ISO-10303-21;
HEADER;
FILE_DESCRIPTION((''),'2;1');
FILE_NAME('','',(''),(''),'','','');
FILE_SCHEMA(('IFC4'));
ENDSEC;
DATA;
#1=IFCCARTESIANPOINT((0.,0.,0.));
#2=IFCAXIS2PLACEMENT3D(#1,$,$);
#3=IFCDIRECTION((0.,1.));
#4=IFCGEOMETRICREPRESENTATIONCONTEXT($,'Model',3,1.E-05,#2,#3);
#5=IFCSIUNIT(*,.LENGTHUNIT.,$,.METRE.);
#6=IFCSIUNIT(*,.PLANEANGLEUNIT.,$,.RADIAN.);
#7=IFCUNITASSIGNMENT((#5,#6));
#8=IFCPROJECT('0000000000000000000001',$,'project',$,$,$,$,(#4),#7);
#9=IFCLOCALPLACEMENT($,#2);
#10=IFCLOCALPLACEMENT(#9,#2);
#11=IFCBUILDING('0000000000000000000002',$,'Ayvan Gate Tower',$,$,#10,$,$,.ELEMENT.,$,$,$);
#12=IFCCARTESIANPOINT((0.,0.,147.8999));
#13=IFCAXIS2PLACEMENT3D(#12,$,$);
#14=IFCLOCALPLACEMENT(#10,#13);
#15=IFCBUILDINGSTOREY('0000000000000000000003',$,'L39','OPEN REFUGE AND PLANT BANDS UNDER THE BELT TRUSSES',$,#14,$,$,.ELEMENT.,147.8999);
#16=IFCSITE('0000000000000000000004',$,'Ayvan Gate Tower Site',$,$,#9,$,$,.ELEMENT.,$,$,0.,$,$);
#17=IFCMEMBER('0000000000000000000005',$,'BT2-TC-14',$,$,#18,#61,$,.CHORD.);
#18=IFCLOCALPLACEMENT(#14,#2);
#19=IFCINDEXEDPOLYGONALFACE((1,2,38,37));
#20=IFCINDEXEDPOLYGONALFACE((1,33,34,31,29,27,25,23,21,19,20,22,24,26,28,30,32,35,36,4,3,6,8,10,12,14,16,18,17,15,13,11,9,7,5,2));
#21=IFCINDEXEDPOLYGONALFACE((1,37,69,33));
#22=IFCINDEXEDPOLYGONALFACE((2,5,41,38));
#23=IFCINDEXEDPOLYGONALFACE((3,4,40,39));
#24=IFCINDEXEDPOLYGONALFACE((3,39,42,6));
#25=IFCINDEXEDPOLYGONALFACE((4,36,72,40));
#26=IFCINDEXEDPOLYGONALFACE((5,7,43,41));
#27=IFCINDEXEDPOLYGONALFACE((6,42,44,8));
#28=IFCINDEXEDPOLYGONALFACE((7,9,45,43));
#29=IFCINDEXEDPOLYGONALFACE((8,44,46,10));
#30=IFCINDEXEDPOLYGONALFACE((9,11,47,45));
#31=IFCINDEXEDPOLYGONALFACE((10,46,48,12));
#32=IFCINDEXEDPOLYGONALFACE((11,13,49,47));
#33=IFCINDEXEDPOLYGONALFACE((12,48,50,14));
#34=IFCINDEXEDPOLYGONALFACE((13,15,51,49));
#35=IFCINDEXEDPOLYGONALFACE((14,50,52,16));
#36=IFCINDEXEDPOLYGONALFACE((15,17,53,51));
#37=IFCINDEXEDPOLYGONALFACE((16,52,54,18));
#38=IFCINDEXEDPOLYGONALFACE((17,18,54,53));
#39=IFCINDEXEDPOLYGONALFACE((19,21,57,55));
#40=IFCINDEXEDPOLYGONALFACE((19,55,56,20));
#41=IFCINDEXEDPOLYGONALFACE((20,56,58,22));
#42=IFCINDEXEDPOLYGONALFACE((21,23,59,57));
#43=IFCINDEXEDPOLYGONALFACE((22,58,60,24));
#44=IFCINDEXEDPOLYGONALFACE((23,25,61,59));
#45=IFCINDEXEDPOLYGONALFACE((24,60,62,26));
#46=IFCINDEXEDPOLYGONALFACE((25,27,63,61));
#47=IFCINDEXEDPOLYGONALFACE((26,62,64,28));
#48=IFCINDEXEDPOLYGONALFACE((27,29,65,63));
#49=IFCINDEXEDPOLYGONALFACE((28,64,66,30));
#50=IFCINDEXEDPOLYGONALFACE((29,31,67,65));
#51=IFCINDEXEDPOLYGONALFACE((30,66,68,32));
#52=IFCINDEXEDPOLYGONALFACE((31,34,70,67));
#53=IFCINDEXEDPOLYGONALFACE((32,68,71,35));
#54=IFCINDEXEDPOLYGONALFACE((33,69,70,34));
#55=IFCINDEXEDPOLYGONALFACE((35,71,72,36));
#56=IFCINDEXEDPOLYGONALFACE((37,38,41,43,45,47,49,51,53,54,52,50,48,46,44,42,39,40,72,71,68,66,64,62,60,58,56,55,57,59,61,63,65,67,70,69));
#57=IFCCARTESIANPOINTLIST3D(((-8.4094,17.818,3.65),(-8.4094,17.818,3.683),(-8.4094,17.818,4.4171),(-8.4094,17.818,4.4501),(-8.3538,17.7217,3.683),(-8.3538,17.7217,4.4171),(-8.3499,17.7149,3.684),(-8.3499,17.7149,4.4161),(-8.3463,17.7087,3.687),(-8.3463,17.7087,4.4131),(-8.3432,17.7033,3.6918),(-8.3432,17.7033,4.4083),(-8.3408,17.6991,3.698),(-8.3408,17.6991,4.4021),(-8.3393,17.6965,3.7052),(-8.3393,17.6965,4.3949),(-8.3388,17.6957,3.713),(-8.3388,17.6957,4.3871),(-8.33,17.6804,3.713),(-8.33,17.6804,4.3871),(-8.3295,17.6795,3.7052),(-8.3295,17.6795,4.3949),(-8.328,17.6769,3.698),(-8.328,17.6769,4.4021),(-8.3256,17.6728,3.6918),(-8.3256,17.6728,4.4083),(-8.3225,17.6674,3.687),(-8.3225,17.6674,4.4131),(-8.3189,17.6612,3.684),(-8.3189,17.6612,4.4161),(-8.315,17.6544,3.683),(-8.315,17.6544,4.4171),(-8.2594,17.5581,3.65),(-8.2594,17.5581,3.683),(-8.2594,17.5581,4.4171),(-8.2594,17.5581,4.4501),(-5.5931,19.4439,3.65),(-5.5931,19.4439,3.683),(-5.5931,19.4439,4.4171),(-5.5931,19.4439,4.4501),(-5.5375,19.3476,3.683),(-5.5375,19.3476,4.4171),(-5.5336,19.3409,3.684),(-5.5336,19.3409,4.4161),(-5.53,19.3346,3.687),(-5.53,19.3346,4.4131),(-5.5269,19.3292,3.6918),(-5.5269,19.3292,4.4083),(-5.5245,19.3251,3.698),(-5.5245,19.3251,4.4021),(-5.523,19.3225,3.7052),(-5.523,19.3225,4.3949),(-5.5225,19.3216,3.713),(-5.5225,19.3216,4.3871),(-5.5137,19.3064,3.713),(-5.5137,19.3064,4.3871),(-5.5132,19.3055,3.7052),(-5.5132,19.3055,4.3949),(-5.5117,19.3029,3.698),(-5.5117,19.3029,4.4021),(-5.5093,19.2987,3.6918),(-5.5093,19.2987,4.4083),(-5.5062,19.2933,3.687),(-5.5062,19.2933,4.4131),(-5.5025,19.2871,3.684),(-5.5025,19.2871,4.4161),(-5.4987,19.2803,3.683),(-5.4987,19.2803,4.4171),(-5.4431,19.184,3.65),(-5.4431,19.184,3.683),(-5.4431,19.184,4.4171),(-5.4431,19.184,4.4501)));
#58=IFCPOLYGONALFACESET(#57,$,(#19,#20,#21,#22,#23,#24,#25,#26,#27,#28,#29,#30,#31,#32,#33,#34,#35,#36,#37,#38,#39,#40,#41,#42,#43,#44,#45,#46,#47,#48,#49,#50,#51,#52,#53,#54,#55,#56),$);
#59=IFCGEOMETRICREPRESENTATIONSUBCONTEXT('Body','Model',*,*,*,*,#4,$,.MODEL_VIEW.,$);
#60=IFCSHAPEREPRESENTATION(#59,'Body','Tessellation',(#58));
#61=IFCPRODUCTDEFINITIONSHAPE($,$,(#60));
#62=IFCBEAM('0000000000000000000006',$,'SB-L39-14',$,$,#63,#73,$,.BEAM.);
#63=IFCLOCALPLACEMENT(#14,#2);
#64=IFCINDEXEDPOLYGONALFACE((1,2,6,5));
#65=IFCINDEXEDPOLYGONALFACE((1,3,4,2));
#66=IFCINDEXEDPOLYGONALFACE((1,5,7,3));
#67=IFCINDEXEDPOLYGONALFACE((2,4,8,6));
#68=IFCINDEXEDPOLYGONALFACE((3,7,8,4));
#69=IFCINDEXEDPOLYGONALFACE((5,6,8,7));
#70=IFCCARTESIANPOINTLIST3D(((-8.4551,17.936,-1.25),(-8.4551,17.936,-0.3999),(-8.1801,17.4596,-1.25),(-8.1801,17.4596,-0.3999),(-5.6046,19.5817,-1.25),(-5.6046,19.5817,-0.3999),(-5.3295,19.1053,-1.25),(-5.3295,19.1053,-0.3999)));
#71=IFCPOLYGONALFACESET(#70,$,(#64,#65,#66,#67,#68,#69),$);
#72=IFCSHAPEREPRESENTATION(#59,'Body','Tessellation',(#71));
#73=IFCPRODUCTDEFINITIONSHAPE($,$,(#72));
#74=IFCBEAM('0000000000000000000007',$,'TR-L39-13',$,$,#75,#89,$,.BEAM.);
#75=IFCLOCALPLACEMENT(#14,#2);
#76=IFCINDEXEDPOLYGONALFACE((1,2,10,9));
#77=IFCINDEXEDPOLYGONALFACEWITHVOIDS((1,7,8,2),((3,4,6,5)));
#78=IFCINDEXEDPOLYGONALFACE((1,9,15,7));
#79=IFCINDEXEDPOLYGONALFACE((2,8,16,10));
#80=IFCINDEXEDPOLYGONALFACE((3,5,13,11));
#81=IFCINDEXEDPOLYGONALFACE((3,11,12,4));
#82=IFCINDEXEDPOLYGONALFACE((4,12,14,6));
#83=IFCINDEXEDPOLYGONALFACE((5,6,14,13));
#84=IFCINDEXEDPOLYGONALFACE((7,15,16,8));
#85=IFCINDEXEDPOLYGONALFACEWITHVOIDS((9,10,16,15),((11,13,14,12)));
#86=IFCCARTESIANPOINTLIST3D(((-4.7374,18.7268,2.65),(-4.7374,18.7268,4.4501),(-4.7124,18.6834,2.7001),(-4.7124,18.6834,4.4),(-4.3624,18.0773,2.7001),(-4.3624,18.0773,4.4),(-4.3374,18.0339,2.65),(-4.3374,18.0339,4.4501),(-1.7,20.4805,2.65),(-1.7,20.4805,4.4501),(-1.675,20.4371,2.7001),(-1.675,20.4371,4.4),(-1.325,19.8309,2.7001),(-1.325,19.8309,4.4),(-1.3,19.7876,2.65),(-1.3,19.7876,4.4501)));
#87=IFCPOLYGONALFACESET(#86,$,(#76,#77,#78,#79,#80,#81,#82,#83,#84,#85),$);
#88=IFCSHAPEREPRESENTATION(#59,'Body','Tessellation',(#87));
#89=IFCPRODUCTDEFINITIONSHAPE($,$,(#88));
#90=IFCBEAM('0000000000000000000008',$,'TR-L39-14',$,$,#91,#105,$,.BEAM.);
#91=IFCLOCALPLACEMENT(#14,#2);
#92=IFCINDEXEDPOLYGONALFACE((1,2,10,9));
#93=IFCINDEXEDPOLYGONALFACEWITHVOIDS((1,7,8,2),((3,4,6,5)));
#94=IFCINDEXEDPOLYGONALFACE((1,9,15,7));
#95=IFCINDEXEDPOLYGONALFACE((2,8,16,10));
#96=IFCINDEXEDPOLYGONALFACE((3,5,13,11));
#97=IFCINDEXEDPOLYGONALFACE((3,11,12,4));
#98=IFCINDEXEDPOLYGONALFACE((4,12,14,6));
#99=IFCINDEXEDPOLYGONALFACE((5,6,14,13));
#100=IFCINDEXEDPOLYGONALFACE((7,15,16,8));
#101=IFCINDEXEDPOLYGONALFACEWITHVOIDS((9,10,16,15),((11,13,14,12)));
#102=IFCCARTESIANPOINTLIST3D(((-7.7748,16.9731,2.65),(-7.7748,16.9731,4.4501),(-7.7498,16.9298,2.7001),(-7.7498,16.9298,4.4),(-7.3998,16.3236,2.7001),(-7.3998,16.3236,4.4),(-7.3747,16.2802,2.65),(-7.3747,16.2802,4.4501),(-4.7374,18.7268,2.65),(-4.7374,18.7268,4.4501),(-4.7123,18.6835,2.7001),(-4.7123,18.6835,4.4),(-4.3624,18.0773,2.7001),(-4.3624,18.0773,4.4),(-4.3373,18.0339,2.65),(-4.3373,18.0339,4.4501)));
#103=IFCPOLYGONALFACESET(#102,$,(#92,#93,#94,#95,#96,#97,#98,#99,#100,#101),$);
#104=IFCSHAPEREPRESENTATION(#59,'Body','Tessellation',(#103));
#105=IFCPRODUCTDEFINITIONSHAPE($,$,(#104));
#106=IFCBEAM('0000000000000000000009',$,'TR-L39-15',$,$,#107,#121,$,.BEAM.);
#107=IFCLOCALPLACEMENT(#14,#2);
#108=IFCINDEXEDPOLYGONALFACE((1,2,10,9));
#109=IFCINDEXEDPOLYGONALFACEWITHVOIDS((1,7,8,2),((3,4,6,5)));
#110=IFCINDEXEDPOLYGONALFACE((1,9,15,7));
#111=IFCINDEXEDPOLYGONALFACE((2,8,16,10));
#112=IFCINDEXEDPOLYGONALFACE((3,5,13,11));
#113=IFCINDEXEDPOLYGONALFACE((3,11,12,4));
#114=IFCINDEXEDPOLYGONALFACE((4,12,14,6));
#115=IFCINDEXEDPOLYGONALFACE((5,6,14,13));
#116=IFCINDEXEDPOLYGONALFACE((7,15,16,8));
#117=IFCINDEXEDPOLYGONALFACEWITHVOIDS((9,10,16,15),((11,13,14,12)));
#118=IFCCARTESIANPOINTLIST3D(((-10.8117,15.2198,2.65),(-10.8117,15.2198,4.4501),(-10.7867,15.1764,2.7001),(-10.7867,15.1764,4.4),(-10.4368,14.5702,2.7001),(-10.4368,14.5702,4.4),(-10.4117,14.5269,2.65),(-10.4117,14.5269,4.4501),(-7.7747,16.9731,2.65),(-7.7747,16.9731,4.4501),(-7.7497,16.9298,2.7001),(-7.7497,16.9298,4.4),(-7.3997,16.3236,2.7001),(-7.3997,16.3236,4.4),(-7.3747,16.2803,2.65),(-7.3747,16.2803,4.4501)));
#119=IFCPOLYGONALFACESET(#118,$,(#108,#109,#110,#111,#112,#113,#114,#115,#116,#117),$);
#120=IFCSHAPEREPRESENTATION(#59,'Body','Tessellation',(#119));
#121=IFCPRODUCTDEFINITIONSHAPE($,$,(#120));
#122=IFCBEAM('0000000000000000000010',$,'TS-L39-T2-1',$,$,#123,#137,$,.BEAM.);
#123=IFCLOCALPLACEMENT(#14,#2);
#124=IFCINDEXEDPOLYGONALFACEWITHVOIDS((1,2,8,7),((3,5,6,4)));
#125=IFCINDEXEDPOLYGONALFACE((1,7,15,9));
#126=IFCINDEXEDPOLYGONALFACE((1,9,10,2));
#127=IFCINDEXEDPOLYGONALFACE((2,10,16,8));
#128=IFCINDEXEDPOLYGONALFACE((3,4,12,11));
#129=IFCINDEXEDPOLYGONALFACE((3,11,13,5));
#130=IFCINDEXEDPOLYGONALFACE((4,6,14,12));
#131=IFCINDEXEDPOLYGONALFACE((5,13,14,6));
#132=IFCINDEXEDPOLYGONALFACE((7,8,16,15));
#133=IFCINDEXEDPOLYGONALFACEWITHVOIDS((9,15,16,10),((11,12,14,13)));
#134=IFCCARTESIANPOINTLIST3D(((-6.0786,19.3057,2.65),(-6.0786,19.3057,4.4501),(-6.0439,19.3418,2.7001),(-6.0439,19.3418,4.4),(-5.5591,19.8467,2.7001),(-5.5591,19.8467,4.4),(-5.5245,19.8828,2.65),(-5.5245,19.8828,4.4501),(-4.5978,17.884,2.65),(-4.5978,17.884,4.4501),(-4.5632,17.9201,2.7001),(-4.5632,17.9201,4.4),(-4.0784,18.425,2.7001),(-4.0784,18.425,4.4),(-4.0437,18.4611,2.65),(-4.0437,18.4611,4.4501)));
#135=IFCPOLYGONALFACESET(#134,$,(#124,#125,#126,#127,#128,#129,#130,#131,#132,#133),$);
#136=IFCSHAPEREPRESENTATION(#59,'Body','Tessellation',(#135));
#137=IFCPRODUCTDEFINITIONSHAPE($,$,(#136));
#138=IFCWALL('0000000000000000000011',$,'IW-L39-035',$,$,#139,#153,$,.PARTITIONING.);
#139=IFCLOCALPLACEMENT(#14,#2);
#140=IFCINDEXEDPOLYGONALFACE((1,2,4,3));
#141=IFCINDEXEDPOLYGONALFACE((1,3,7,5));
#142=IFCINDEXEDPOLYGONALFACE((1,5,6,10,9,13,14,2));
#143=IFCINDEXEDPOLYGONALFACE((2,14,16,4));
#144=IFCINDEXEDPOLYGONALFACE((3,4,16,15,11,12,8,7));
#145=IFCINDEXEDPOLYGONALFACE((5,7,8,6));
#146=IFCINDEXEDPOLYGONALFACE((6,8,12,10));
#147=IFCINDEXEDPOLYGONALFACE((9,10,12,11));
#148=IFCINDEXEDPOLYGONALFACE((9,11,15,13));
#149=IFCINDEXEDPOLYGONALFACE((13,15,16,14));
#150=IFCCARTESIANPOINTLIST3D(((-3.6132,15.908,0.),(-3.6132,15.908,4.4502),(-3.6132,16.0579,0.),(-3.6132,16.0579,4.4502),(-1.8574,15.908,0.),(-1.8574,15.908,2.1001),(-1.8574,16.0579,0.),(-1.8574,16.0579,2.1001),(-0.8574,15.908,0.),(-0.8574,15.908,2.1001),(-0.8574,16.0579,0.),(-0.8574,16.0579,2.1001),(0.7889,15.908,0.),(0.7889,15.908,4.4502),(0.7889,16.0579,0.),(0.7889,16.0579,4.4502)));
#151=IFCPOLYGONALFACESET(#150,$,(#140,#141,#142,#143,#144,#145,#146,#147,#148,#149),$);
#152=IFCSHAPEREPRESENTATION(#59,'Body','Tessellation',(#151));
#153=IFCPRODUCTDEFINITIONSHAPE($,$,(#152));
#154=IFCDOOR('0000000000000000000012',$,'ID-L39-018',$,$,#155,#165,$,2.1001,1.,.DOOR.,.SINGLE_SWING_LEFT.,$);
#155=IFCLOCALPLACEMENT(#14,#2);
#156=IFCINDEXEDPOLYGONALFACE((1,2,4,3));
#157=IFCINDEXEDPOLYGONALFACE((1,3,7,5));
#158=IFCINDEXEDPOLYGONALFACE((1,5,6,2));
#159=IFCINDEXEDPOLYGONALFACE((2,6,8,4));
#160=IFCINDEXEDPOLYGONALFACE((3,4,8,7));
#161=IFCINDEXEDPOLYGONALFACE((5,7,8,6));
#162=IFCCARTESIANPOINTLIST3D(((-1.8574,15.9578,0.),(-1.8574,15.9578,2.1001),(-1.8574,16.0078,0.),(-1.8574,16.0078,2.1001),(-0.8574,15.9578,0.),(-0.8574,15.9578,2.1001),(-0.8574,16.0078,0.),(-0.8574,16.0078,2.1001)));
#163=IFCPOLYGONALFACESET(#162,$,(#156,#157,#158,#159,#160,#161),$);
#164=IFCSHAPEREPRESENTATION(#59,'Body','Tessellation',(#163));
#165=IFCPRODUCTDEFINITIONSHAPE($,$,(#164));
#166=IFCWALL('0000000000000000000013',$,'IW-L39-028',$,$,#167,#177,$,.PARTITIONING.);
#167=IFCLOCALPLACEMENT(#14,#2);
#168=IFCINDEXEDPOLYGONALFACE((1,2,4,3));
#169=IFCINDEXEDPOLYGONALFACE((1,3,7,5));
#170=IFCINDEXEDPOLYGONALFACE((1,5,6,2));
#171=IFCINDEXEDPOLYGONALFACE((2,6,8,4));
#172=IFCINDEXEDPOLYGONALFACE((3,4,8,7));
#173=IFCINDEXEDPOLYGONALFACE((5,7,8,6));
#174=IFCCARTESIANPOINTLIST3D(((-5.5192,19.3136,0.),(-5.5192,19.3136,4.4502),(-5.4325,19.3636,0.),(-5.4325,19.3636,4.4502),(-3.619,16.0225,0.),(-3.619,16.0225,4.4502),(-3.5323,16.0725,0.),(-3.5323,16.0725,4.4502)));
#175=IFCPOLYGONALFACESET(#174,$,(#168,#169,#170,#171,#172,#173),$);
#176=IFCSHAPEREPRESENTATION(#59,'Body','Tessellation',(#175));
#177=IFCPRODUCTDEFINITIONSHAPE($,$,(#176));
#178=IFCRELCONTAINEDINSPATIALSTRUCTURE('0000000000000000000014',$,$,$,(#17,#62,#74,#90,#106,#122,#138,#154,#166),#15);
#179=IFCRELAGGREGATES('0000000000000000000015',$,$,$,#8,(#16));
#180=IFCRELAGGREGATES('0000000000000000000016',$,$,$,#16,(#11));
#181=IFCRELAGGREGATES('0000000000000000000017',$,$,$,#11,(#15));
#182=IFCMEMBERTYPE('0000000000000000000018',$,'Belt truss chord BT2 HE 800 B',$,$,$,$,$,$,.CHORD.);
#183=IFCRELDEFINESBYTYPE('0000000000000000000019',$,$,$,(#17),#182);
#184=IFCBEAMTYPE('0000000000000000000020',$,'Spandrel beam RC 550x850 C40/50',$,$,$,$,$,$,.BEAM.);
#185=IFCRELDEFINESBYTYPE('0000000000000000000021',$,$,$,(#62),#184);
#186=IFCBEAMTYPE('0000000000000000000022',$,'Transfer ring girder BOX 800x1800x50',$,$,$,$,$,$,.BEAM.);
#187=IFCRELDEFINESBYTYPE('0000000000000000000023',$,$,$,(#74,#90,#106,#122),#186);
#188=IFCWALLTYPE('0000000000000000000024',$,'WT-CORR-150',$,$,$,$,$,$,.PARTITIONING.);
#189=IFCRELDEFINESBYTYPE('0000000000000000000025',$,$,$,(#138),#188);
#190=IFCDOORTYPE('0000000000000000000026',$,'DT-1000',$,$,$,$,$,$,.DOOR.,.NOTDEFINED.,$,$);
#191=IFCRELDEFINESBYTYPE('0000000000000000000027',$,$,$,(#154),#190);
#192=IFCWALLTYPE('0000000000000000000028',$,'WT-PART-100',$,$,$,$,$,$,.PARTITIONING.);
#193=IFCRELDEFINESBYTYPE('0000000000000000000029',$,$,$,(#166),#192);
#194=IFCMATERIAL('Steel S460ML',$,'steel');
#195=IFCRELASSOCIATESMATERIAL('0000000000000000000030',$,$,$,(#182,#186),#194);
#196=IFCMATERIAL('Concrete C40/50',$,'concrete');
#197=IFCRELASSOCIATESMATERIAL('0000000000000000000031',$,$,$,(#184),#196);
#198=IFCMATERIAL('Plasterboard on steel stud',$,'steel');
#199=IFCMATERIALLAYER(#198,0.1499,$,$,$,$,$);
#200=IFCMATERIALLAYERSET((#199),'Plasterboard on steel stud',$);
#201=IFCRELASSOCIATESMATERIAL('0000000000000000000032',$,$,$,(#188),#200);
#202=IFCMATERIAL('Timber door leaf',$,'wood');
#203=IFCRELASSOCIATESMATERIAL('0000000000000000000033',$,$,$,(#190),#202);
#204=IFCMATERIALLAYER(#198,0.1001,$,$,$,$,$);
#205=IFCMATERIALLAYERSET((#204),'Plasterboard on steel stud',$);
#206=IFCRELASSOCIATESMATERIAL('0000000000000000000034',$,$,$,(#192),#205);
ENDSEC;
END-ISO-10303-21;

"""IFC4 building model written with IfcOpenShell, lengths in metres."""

from ifc_helpers import new_model, si_unit, direction, frame, frame_2d, origin, origin_2d, place, context, subcontext, project, spatial, rectangle, hollow_rectangle, i_section, extrude, material, layer, layer_set, material_profile, profile_set, type_object, element, fill, save


model = new_model("IFC4")

# Units and contexts
model_context = context("Model", 3, precision=1e-05, world=origin(), true_north=direction((0.0, 1.0)))
body_context = subcontext(model_context, "Body", "Model", "MODEL_VIEW")
ifc_project = project(units=[si_unit("LENGTHUNIT", "METRE"), si_unit("PLANEANGLEUNIT", "RADIAN")], contexts=[model_context])

# Site, building, storey
site_placement = place(None, origin())
site = spatial("IfcSite", under=ifc_project, at=site_placement, Name="Ayvan Gate Tower Site", CompositionType="ELEMENT", RefElevation=0.0)
building_placement = place(site_placement, origin())
building = spatial("IfcBuilding", under=site, at=building_placement, Name="Ayvan Gate Tower", CompositionType="ELEMENT")
storey_placement = place(building_placement, frame((0.0, 0.0, 147.8999)))
storey = spatial("IfcBuildingStorey", under=building, at=storey_placement, Name="L39", Description="OPEN REFUGE AND PLANT BANDS UNDER THE BELT TRUSSES", CompositionType="ELEMENT", Elevation=147.8999)

# Member
ifc_material_1 = material(Name="Steel S460ML", Category="steel")
ifc_material_profile_1 = material_profile(ifc_material_1, i_section(OverallWidth=0.3, OverallDepth=0.8, WebThickness=0.0176, FlangeThickness=0.033, FilletRadius=0.03, at=origin_2d()), Name="HE 800 B")
ifc_profile_set_1 = profile_set([ifc_material_profile_1], Name="Steel S460ML")
member_type_1 = type_object("IfcMemberType", Name="Belt truss chord BT2 HE 800 B", PredefinedType="CHORD", material=ifc_profile_set_1)
member_1_placement = place(storey_placement, frame((-5.5181, 19.314, 4.05), z_axis=(-0.866036, -0.499982, 0.0), x_axis=(0.499982, -0.866036, 0.0)))
element("IfcMember", 1, at=member_1_placement, inside=storey, type_object=member_type_1, Name="BT2-TC-14", PredefinedType="CHORD", context=body_context, shape_type="SweptSolid", body=[
    extrude(i_section(OverallWidth=0.3, OverallDepth=0.8, WebThickness=0.0176, FlangeThickness=0.033, FilletRadius=0.03, at=origin_2d()), origin(), (0.0, 0.0, 1.0), 3.252),
])

# Beams
ifc_material_2 = material(Name="Concrete C40/50", Category="concrete")
ifc_material_profile_2 = material_profile(ifc_material_2, rectangle(XDim=0.55, YDim=0.8501, at=origin_2d()), Name="RC 550x850")
ifc_profile_set_2 = profile_set([ifc_material_profile_2], Name="Concrete C40/50")
beam_type_1 = type_object("IfcBeamType", Name="Spandrel beam RC 550x850 C40/50", PredefinedType="BEAM", material=ifc_profile_set_2)
beam_1_placement = place(storey_placement, frame((-5.467, 19.3435, -0.825), z_axis=(-0.86603, -0.499992, 0.0), x_axis=(0.499992, -0.86603, 0.0)))
element("IfcBeam", 2, at=beam_1_placement, inside=storey, type_object=beam_type_1, Name="SB-L39-14", PredefinedType="BEAM", context=body_context, shape_type="SweptSolid", body=[
    extrude(rectangle(XDim=0.55, YDim=0.8501, at=origin_2d()), origin(), (0.0, 0.0, 1.0), 3.2915),
])
ifc_material_profile_3 = material_profile(ifc_material_1, hollow_rectangle(XDim=0.8, YDim=1.8, WallThickness=0.05, at=origin_2d()), Name="BOX 800x1800x50")
ifc_profile_set_3 = profile_set([ifc_material_profile_3], Name="Steel S460ML")
beam_type_2 = type_object("IfcBeamType", Name="Transfer ring girder BOX 800x1800x50", PredefinedType="BEAM", material=ifc_profile_set_3)
for number, where, z_axis, x_axis, name in (
    (3, (-1.5, 20.134, 3.55), (-0.86602, -0.50001, 0.0), (0.50001, -0.86602, 0.0), "TR-L39-13"),
    (4, (-4.5374, 18.3804, 3.55), (-0.86602, -0.50001, 0.0), (0.50001, -0.86602, 0.0), "TR-L39-14"),
):
    element("IfcBeam", number, at=place(storey_placement, frame(where, z_axis=z_axis, x_axis=x_axis)), inside=storey, type_object=beam_type_2, Name=name, PredefinedType="BEAM", context=body_context, shape_type="SweptSolid", body=[
        extrude(hollow_rectangle(XDim=0.8, YDim=1.8, WallThickness=0.05, at=origin_2d()), origin(), (0.0, 0.0, 1.0), 3.5073),
    ])
beam_2_placement = place(storey_placement, frame((-7.5747, 16.6267, 3.55), z_axis=(-0.866033, -0.499988, 0.0), x_axis=(0.499988, -0.866033, 0.0)))
element("IfcBeam", 5, at=beam_2_placement, inside=storey, type_object=beam_type_2, Name="TR-L39-15", PredefinedType="BEAM", context=body_context, shape_type="SweptSolid", body=[
    extrude(hollow_rectangle(XDim=0.8, YDim=1.8, WallThickness=0.05, at=origin_2d()), origin(), (0.0, 0.0, 1.0), 3.5068),
])
beam_3_placement = place(storey_placement, frame((-5.8015, 19.5942, 3.55), z_axis=(0.721352, -0.692569, 0.0), x_axis=(0.692569, 0.721352, 0.0)))
element("IfcBeam", 6, at=beam_3_placement, inside=storey, type_object=beam_type_2, Name="TS-L39-T2-1", PredefinedType="BEAM", context=body_context, shape_type="SweptSolid", body=[
    extrude(hollow_rectangle(XDim=0.8, YDim=1.8, WallThickness=0.05, at=origin_2d()), origin(), (0.0, 0.0, 1.0), 2.0527),
])

# Wall, opening, door
ifc_material_3 = material(Name="Plasterboard on steel stud", Category="steel")
ifc_layer_1 = layer(ifc_material_3, 0.1499)
ifc_layer_set_1 = layer_set([ifc_layer_1], Name="Plasterboard on steel stud")
wall_type_1 = type_object("IfcWallType", Name="WT-CORR-150", PredefinedType="PARTITIONING", material=ifc_layer_set_1)
wall_1_placement = place(storey_placement, frame((-3.6133, 15.9829, 0.0), z_axis=(0.0, 0.0, 1.0), x_axis=(1.0, 0.0, 0.0)))
wall_1 = element("IfcWall", 7, at=wall_1_placement, inside=storey, type_object=wall_type_1, Name="IW-L39-035", PredefinedType="PARTITIONING", context=body_context, shape_type="SweptSolid", body=[
    extrude(rectangle(XDim=4.4021, YDim=0.1499, at=frame_2d((2.2012, 0.0))), origin(), (0.0, 0.0, 1.0), 4.4502),
])
opening_placement = place(wall_1_placement, frame((1.7559, 0.0, 0.0)))
opening = element("IfcOpeningElement", 8, at=opening_placement, cuts=wall_1, PredefinedType="OPENING", context=body_context, shape_type="SweptSolid", body=[
    extrude(rectangle(XDim=1.0, YDim=2.1001, at=frame_2d((0.5, 1.05))), frame((0.0, 0.085, 0.0), z_axis=(0.0, -1.0, 0.0), x_axis=(1.0, 0.0, 0.0)), (0.0, 0.0, 1.0), 0.1699),
])
ifc_material_4 = material(Name="Timber door leaf", Category="wood")
door_type = type_object("IfcDoorType", Name="DT-1000", OperationType="NOTDEFINED", PredefinedType="DOOR", material=ifc_material_4)
door_placement = place(opening_placement, origin())
door = element("IfcDoor", 9, at=door_placement, inside=storey, type_object=door_type, Name="ID-L39-018", OperationType="SINGLE_SWING_LEFT", OverallHeight=2.1001, OverallWidth=1.0, PredefinedType="DOOR", context=body_context, shape_type="SweptSolid", body=[
    extrude(rectangle(XDim=1.0, YDim=2.1001, at=frame_2d((0.5, 1.05))), frame((0.0, 0.0249, 0.0), z_axis=(0.0, -1.0, 0.0), x_axis=(1.0, 0.0, 0.0)), (0.0, 0.0, 1.0), 0.05),
])
fill(opening, door)

# Wall
ifc_layer_2 = layer(ifc_material_3, 0.1001)
ifc_layer_set_2 = layer_set([ifc_layer_2], Name="Plasterboard on steel stud")
wall_type_2 = type_object("IfcWallType", Name="WT-PART-100", PredefinedType="PARTITIONING", material=ifc_layer_set_2)
wall_2_placement = place(storey_placement, frame((-5.4758, 19.3386, 0.0), z_axis=(0.0, 0.0, 1.0), x_axis=(0.500015, -0.866017, 0.0)))
element("IfcWall", 10, at=wall_2_placement, inside=storey, type_object=wall_type_2, Name="IW-L39-028", PredefinedType="PARTITIONING", context=body_context, shape_type="SweptSolid", body=[
    extrude(rectangle(XDim=3.8003, YDim=0.1001, at=frame_2d((1.9001, 0.0))), origin(), (0.0, 0.0, 1.0), 4.4502),
])

save(model, "model.ifc")
